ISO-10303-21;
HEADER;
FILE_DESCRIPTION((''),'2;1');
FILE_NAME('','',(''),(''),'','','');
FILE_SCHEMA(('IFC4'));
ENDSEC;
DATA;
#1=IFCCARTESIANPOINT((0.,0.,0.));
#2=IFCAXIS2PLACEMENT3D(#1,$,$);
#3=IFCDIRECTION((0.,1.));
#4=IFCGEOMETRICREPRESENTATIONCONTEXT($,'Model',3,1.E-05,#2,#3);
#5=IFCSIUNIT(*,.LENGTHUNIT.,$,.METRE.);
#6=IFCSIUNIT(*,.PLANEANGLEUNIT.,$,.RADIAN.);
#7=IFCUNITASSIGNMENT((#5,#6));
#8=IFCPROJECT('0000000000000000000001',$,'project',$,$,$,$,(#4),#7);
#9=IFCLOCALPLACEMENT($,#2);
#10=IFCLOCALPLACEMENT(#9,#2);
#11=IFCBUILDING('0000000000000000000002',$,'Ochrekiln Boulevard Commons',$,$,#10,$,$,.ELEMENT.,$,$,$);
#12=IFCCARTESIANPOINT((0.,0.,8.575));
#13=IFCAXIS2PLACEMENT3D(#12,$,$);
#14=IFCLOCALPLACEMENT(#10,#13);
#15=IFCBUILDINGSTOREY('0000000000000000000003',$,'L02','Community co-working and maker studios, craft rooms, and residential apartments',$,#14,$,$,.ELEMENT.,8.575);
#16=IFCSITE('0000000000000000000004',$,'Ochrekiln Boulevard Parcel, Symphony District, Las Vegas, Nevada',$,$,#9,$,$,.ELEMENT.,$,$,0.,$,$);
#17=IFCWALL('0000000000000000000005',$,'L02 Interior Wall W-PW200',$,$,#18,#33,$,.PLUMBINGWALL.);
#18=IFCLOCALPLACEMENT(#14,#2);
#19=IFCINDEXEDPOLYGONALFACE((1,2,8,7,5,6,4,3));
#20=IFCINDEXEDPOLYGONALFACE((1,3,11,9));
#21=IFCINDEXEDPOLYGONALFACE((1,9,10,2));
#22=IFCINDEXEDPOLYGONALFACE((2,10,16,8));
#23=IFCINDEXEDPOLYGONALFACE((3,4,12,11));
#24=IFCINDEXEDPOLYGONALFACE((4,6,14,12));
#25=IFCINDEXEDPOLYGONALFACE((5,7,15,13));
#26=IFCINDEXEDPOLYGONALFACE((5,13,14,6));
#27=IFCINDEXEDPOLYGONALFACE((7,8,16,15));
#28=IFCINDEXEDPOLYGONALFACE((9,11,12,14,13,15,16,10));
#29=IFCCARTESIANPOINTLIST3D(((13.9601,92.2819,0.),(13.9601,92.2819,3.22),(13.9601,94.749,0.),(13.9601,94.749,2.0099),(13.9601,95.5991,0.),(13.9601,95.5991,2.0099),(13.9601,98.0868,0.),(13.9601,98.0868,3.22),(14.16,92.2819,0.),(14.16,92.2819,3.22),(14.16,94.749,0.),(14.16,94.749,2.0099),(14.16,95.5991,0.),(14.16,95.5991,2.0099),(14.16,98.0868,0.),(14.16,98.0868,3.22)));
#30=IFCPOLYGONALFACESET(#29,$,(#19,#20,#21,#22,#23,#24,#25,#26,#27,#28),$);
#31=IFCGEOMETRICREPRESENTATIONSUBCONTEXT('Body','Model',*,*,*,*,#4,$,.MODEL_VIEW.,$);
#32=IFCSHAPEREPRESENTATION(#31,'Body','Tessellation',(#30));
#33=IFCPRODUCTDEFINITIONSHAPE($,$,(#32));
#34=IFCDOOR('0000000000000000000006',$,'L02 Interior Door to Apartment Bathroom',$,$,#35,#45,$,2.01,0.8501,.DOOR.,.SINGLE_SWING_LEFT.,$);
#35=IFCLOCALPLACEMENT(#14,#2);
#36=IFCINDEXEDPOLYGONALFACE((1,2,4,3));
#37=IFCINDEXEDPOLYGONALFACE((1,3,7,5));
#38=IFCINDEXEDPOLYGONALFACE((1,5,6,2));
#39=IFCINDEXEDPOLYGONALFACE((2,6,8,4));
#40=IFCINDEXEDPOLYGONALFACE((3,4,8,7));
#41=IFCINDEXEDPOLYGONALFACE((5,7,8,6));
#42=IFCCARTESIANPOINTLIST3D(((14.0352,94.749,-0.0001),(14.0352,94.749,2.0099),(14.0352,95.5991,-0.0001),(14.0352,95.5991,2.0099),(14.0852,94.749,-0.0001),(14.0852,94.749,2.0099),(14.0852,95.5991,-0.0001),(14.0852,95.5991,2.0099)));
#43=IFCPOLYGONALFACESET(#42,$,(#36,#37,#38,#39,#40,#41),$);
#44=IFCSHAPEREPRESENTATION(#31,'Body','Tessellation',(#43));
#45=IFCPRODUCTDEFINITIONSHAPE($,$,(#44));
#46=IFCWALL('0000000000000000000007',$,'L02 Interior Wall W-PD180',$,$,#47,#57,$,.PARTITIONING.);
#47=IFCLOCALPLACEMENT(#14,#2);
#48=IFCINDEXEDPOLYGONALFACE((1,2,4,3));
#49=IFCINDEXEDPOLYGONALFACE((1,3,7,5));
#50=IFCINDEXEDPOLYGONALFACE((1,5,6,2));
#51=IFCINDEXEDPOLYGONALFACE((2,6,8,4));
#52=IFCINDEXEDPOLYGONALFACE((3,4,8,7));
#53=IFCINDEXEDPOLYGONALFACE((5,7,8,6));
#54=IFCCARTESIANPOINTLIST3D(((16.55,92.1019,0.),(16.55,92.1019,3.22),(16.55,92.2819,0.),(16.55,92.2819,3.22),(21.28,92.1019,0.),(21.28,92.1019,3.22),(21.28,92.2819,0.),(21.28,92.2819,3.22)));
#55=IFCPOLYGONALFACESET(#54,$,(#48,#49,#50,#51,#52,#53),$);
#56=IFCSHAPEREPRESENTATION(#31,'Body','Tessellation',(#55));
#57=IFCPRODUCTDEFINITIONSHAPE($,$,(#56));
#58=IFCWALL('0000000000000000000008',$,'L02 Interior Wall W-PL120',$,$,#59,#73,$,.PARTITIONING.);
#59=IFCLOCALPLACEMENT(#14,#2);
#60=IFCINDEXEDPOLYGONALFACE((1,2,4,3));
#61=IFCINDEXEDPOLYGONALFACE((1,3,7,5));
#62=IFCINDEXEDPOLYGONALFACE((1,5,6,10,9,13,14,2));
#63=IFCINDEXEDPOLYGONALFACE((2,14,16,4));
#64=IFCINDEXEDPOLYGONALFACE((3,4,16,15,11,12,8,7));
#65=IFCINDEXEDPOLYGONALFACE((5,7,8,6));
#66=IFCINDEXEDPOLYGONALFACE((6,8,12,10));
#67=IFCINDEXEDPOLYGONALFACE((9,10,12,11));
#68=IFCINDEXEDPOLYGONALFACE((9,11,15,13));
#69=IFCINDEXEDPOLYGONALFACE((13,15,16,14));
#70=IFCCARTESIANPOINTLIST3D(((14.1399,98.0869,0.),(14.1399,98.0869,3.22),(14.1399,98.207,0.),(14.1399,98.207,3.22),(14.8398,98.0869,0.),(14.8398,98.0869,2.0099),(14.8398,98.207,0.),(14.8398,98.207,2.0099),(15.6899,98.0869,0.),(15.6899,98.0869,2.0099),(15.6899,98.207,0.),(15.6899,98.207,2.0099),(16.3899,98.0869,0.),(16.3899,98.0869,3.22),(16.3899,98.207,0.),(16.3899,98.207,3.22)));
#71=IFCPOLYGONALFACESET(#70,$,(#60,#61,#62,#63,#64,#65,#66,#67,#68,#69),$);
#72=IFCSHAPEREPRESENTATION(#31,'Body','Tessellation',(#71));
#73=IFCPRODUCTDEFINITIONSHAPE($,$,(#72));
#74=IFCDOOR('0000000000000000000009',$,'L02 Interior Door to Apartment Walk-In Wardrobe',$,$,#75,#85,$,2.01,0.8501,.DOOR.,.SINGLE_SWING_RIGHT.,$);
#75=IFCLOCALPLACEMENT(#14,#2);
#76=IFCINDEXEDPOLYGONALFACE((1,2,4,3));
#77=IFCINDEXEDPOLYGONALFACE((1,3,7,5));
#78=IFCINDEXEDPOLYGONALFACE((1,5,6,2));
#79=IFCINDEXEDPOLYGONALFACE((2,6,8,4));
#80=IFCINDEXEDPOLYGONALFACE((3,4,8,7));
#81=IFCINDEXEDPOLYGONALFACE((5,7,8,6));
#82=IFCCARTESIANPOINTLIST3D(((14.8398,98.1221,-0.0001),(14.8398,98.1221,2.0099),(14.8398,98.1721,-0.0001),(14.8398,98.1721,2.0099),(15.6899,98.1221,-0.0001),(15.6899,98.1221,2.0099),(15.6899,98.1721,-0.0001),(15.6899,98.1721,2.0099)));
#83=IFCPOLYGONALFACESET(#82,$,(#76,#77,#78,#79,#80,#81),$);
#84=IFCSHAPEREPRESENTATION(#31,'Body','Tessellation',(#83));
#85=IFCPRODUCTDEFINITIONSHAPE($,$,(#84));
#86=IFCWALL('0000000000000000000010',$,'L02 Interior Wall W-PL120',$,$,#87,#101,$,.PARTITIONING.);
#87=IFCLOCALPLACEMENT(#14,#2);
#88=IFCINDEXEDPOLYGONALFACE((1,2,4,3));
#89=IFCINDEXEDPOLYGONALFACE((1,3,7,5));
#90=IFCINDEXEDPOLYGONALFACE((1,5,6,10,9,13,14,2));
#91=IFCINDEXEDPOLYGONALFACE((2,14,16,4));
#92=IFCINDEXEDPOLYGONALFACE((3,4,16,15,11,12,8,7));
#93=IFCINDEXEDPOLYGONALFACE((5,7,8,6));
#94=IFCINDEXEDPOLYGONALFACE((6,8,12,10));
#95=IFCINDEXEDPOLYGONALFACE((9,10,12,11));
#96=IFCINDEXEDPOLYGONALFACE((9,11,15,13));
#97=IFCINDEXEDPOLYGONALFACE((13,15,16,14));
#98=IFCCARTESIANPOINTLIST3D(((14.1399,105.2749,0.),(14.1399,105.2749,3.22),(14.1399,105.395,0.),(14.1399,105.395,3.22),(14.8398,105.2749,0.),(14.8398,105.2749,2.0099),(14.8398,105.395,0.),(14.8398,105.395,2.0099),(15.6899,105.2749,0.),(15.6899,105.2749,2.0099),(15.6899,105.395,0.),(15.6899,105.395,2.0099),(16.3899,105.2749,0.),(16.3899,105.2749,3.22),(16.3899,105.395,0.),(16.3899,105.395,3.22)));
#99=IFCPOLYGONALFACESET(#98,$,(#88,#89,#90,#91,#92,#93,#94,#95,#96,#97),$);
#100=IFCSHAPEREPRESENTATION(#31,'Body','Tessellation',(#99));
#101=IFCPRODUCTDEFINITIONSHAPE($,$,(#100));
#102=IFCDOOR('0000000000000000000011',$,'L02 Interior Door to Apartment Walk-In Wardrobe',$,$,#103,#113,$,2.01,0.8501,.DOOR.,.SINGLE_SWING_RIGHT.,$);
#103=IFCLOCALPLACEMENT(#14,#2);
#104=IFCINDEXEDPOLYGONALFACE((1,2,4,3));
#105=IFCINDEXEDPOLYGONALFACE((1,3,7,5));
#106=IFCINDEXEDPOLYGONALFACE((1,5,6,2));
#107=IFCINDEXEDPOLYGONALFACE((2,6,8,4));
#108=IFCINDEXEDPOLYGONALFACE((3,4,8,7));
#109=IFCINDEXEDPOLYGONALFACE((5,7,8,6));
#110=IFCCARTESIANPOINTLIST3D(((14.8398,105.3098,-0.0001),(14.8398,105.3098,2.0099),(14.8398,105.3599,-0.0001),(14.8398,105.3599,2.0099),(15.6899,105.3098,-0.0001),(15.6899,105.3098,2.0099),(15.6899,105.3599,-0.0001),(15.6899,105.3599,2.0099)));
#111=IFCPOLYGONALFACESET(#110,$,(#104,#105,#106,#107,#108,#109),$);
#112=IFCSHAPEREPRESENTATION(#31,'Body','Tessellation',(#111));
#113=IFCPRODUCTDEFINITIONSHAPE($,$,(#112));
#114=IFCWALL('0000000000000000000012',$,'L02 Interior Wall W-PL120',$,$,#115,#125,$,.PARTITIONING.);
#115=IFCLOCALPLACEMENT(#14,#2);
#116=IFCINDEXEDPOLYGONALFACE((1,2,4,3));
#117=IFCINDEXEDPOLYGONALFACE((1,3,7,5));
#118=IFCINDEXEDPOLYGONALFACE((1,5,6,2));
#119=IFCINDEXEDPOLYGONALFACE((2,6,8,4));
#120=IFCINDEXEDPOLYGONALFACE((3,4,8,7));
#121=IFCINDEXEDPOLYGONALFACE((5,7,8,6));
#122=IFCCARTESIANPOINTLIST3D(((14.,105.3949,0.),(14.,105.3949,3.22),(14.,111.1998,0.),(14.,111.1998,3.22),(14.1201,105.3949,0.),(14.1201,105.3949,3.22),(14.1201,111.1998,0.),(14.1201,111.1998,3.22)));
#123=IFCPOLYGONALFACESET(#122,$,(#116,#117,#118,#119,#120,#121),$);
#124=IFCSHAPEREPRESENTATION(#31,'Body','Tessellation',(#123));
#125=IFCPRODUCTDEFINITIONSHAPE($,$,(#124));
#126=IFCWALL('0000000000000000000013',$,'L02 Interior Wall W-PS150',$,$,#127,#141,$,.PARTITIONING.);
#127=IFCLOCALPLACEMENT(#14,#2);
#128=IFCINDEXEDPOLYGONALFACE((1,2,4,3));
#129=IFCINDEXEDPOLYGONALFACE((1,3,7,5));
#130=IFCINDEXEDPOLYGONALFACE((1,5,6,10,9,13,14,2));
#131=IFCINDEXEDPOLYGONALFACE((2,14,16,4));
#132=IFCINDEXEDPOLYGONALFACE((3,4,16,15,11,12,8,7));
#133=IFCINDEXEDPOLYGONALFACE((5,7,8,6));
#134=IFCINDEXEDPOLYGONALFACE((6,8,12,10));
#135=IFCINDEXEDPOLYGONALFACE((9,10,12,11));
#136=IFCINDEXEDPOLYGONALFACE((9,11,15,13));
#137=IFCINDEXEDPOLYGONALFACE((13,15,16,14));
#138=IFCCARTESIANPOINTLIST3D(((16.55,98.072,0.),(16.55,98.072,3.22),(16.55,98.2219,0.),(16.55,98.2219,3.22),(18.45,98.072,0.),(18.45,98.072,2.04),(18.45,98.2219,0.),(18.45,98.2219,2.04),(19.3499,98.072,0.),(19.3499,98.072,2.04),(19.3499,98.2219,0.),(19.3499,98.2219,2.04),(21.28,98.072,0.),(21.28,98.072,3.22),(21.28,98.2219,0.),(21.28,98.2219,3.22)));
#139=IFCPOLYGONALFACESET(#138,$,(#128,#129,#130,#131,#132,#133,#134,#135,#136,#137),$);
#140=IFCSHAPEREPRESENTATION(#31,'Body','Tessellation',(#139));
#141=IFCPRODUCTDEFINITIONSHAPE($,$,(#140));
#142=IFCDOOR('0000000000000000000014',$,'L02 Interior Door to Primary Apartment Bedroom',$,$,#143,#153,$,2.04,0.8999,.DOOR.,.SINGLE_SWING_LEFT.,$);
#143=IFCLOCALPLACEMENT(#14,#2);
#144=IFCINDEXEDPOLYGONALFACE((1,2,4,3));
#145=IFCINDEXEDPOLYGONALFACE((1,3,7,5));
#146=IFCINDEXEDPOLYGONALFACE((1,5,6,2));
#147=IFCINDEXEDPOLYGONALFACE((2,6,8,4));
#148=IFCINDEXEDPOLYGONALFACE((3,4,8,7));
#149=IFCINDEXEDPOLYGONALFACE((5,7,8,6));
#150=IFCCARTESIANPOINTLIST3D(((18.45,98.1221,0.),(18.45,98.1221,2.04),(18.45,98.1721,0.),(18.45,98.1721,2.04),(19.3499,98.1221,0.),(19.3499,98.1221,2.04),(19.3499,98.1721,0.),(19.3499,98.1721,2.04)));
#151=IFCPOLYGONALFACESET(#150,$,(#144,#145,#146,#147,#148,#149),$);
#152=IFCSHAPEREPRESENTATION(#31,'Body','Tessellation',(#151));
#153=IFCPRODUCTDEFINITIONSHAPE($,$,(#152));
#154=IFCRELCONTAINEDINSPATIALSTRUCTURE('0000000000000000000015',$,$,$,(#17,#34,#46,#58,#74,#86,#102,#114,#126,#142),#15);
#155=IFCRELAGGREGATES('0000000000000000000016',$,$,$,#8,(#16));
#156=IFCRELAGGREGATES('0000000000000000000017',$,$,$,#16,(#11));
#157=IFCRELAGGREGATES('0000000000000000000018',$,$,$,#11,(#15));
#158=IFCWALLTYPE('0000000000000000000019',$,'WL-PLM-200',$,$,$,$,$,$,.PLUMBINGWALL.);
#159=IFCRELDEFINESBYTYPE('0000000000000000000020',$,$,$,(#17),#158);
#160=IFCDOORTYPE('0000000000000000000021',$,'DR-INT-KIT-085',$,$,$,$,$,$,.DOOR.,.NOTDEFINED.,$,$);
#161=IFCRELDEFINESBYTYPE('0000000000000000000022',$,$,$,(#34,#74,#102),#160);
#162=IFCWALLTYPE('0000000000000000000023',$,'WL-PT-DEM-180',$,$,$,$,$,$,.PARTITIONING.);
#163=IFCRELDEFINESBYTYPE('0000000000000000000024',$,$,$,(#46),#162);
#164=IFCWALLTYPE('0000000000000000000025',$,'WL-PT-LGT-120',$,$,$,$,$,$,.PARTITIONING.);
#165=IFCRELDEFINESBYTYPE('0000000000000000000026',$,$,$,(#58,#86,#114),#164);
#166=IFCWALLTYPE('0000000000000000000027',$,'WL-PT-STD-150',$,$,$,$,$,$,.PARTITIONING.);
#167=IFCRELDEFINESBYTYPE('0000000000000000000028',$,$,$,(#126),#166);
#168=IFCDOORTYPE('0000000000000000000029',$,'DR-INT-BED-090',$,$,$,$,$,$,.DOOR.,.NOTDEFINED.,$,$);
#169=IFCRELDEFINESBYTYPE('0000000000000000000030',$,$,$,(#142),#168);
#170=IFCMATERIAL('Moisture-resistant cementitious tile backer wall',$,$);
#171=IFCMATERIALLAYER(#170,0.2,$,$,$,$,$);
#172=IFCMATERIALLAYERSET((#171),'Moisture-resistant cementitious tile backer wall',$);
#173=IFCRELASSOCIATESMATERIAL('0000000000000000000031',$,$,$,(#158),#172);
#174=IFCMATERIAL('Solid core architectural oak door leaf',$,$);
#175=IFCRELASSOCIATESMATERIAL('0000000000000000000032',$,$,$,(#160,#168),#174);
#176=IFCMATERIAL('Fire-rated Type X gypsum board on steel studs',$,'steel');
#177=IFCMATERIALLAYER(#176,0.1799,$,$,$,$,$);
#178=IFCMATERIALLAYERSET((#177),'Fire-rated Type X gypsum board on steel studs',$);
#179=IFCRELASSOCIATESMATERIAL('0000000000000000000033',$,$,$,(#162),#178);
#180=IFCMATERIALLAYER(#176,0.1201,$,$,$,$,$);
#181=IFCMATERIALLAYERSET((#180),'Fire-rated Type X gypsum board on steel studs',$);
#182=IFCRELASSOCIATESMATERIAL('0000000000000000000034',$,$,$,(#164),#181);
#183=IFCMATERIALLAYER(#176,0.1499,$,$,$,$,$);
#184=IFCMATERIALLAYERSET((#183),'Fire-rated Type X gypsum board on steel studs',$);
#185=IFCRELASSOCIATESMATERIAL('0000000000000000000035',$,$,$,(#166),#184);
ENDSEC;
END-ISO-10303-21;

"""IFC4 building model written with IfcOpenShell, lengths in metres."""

from ifc_helpers import new_model, si_unit, direction, frame, frame_2d, origin, place, context, subcontext, project, spatial, rectangle, extrude, material, layer, layer_set, type_object, element, fill, save


model = new_model("IFC4")

# Units and contexts
model_context = context("Model", 3, precision=1e-05, world=origin(), true_north=direction((0.0, 1.0)))
body_context = subcontext(model_context, "Body", "Model", "MODEL_VIEW")
ifc_project = project(units=[si_unit("LENGTHUNIT", "METRE"), si_unit("PLANEANGLEUNIT", "RADIAN")], contexts=[model_context])

# Site, building, storey
site_placement = place(None, origin())
site = spatial("IfcSite", under=ifc_project, at=site_placement, Name="Ochrekiln Boulevard Parcel, Symphony District, Las Vegas, Nevada", CompositionType="ELEMENT", RefElevation=0.0)
building_placement = place(site_placement, origin())
building = spatial("IfcBuilding", under=site, at=building_placement, Name="Ochrekiln Boulevard Commons", CompositionType="ELEMENT")
storey_placement = place(building_placement, frame((0.0, 0.0, 8.575)))
storey = spatial("IfcBuildingStorey", under=building, at=storey_placement, Name="L02", Description="Community co-working and maker studios, craft rooms, and residential apartments", CompositionType="ELEMENT", Elevation=8.575)

# Wall, opening, door
ifc_material_1 = material(Name="Moisture-resistant cementitious tile backer wall")
ifc_layer_1 = layer(ifc_material_1, 0.2)
ifc_layer_set_1 = layer_set([ifc_layer_1], Name="Moisture-resistant cementitious tile backer wall")
wall_type_1 = type_object("IfcWallType", Name="WL-PLM-200", PredefinedType="PLUMBINGWALL", material=ifc_layer_set_1)
wall_1_placement = place(storey_placement, frame((14.0601, 92.282, 0.0), z_axis=(0.0, 0.0, 1.0), x_axis=(0.0, 1.0, 0.0)))
wall_1 = element("IfcWall", 1, at=wall_1_placement, inside=storey, type_object=wall_type_1, Name="L02 Interior Wall W-PW200", PredefinedType="PLUMBINGWALL", context=body_context, shape_type="SweptSolid", body=[
    extrude(rectangle(XDim=5.8049, YDim=0.2, at=frame_2d((2.9023, 0.0))), origin(), (0.0, 0.0, 1.0), 3.22),
])
opening_1_placement = place(wall_1_placement, frame((2.467, 0.0, 0.0)))
opening_1 = element("IfcOpeningElement", 2, at=opening_1_placement, cuts=wall_1, PredefinedType="OPENING", context=body_context, shape_type="SweptSolid", body=[
    extrude(rectangle(XDim=0.8501, YDim=2.01, at=frame_2d((0.425, 1.0049))), frame((0.0, 0.1099, 0.0), z_axis=(0.0, -1.0, 0.0), x_axis=(1.0, 0.0, 0.0)), (0.0, 0.0, 1.0), 0.22),
])
ifc_material_2 = material(Name="Solid core architectural oak door leaf")
door_type_1 = type_object("IfcDoorType", Name="DR-INT-KIT-085", OperationType="NOTDEFINED", PredefinedType="DOOR", material=ifc_material_2)
door_1_placement = place(opening_1_placement, origin())
door_1 = element("IfcDoor", 3, at=door_1_placement, inside=storey, type_object=door_type_1, Name="L02 Interior Door to Apartment Bathroom", OperationType="SINGLE_SWING_LEFT", OverallHeight=2.01, OverallWidth=0.8501, PredefinedType="DOOR", context=body_context, shape_type="SweptSolid", body=[
    extrude(rectangle(XDim=0.8501, YDim=2.01, at=frame_2d((0.425, 1.0049))), frame((0.0, 0.0249, 0.0), z_axis=(0.0, -1.0, 0.0), x_axis=(1.0, 0.0, 0.0)), (0.0, 0.0, 1.0), 0.05),
])
fill(opening_1, door_1)

# Wall
ifc_material_3 = material(Name="Fire-rated Type X gypsum board on steel studs", Category="steel")
ifc_layer_2 = layer(ifc_material_3, 0.1799)
ifc_layer_set_2 = layer_set([ifc_layer_2], Name="Fire-rated Type X gypsum board on steel studs")
wall_type_2 = type_object("IfcWallType", Name="WL-PT-DEM-180", PredefinedType="PARTITIONING", material=ifc_layer_set_2)
wall_2_placement = place(storey_placement, frame((16.55, 92.1919, 0.0), z_axis=(0.0, 0.0, 1.0), x_axis=(1.0, 0.0, 0.0)))
element("IfcWall", 4, at=wall_2_placement, inside=storey, type_object=wall_type_2, Name="L02 Interior Wall W-PD180", PredefinedType="PARTITIONING", context=body_context, shape_type="SweptSolid", body=[
    extrude(rectangle(XDim=4.73, YDim=0.1799, at=frame_2d((2.365, 0.0))), origin(), (0.0, 0.0, 1.0), 3.22),
])

# Walls, openings, doors
ifc_layer_3 = layer(ifc_material_3, 0.1201)
ifc_layer_set_3 = layer_set([ifc_layer_3], Name="Fire-rated Type X gypsum board on steel studs")
wall_type_3 = type_object("IfcWallType", Name="WL-PT-LGT-120", PredefinedType="PARTITIONING", material=ifc_layer_set_3)
wall_3_placement = place(storey_placement, frame((14.1399, 98.147, 0.0), z_axis=(0.0, 0.0, 1.0), x_axis=(1.0, 0.0, 0.0)))
wall_3 = element("IfcWall", 5, at=wall_3_placement, inside=storey, type_object=wall_type_3, Name="L02 Interior Wall W-PL120", PredefinedType="PARTITIONING", context=body_context, shape_type="SweptSolid", body=[
    extrude(rectangle(XDim=2.25, YDim=0.1201, at=frame_2d((1.125, 0.0))), origin(), (0.0, 0.0, 1.0), 3.22),
])
opening_2_placement = place(wall_3_placement, frame((0.7, 0.0, 0.0)))
opening_2 = element("IfcOpeningElement", 6, at=opening_2_placement, cuts=wall_3, PredefinedType="OPENING", context=body_context, shape_type="SweptSolid", body=[
    extrude(rectangle(XDim=0.8501, YDim=2.01, at=frame_2d((0.425, 1.0049))), frame((0.0, 0.0701, 0.0), z_axis=(0.0, -1.0, 0.0), x_axis=(1.0, 0.0, 0.0)), (0.0, 0.0, 1.0), 0.1401),
])
door_2_placement = place(opening_2_placement, frame((0.8501, 0.0, 0.0), z_axis=(0.0, 0.0, 1.0), x_axis=(-1.0, 0.0, 0.0)))
door_2 = element("IfcDoor", 7, at=door_2_placement, inside=storey, type_object=door_type_1, Name="L02 Interior Door to Apartment Walk-In Wardrobe", OperationType="SINGLE_SWING_RIGHT", OverallHeight=2.01, OverallWidth=0.8501, PredefinedType="DOOR", context=body_context, shape_type="SweptSolid", body=[
    extrude(rectangle(XDim=0.8501, YDim=2.01, at=frame_2d((0.425, 1.0049))), frame((0.0, 0.0249, 0.0), z_axis=(0.0, -1.0, 0.0), x_axis=(1.0, 0.0, 0.0)), (0.0, 0.0, 1.0), 0.05),
])
fill(opening_2, door_2)
wall_4_placement = place(storey_placement, frame((14.1399, 105.335, 0.0), z_axis=(0.0, 0.0, 1.0), x_axis=(1.0, 0.0, 0.0)))
wall_4 = element("IfcWall", 8, at=wall_4_placement, inside=storey, type_object=wall_type_3, Name="L02 Interior Wall W-PL120", PredefinedType="PARTITIONING", context=body_context, shape_type="SweptSolid", body=[
    extrude(rectangle(XDim=2.25, YDim=0.1201, at=frame_2d((1.125, 0.0))), origin(), (0.0, 0.0, 1.0), 3.22),
])
opening_3_placement = place(wall_4_placement, frame((0.7, 0.0, 0.0)))
opening_3 = element("IfcOpeningElement", 9, at=opening_3_placement, cuts=wall_4, PredefinedType="OPENING", context=body_context, shape_type="SweptSolid", body=[
    extrude(rectangle(XDim=0.8501, YDim=2.01, at=frame_2d((0.425, 1.0049))), frame((0.0, 0.0701, 0.0), z_axis=(0.0, -1.0, 0.0), x_axis=(1.0, 0.0, 0.0)), (0.0, 0.0, 1.0), 0.1401),
])
door_3_placement = place(opening_3_placement, origin())
door_3 = element("IfcDoor", 10, at=door_3_placement, inside=storey, type_object=door_type_1, Name="L02 Interior Door to Apartment Walk-In Wardrobe", OperationType="SINGLE_SWING_RIGHT", OverallHeight=2.01, OverallWidth=0.8501, PredefinedType="DOOR", context=body_context, shape_type="SweptSolid", body=[
    extrude(rectangle(XDim=0.8501, YDim=2.01, at=frame_2d((0.425, 1.0049))), frame((0.0, 0.0249, 0.0), z_axis=(0.0, -1.0, 0.0), x_axis=(1.0, 0.0, 0.0)), (0.0, 0.0, 1.0), 0.05),
])
fill(opening_3, door_3)

# Wall
wall_5_placement = place(storey_placement, frame((14.0601, 105.395, 0.0), z_axis=(0.0, 0.0, 1.0), x_axis=(0.0, 1.0, 0.0)))
element("IfcWall", 11, at=wall_5_placement, inside=storey, type_object=wall_type_3, Name="L02 Interior Wall W-PL120", PredefinedType="PARTITIONING", context=body_context, shape_type="SweptSolid", body=[
    extrude(rectangle(XDim=5.8049, YDim=0.1201, at=frame_2d((2.9023, 0.0))), origin(), (0.0, 0.0, 1.0), 3.22),
])

# Wall, opening, door
ifc_layer_4 = layer(ifc_material_3, 0.1499)
ifc_layer_set_4 = layer_set([ifc_layer_4], Name="Fire-rated Type X gypsum board on steel studs")
wall_type_4 = type_object("IfcWallType", Name="WL-PT-STD-150", PredefinedType="PARTITIONING", material=ifc_layer_set_4)
wall_6_placement = place(storey_placement, frame((16.55, 98.147, 0.0), z_axis=(0.0, 0.0, 1.0), x_axis=(1.0, 0.0, 0.0)))
wall_6 = element("IfcWall", 12, at=wall_6_placement, inside=storey, type_object=wall_type_4, Name="L02 Interior Wall W-PS150", PredefinedType="PARTITIONING", context=body_context, shape_type="SweptSolid", body=[
    extrude(rectangle(XDim=4.73, YDim=0.1499, at=frame_2d((2.365, 0.0))), origin(), (0.0, 0.0, 1.0), 3.22),
])
opening_4_placement = place(wall_6_placement, frame((1.8999, 0.0, 0.0)))
opening_4 = element("IfcOpeningElement", 13, at=opening_4_placement, cuts=wall_6, PredefinedType="OPENING", context=body_context, shape_type="SweptSolid", body=[
    extrude(rectangle(XDim=0.8999, YDim=2.04, at=frame_2d((0.45, 1.02))), frame((0.0, 0.085, 0.0), z_axis=(0.0, -1.0, 0.0), x_axis=(1.0, 0.0, 0.0)), (0.0, 0.0, 1.0), 0.1699),
])
door_type_2 = type_object("IfcDoorType", Name="DR-INT-BED-090", OperationType="NOTDEFINED", PredefinedType="DOOR", material=ifc_material_2)
door_4_placement = place(opening_4_placement, frame((0.8999, 0.0, 0.0), z_axis=(0.0, 0.0, 1.0), x_axis=(-1.0, 0.0, 0.0)))
door_4 = element("IfcDoor", 14, at=door_4_placement, inside=storey, type_object=door_type_2, Name="L02 Interior Door to Primary Apartment Bedroom", OperationType="SINGLE_SWING_LEFT", OverallHeight=2.04, OverallWidth=0.8999, PredefinedType="DOOR", context=body_context, shape_type="SweptSolid", body=[
    extrude(rectangle(XDim=0.8999, YDim=2.04, at=frame_2d((0.45, 1.02))), frame((0.0, 0.0249, 0.0), z_axis=(0.0, -1.0, 0.0), x_axis=(1.0, 0.0, 0.0)), (0.0, 0.0, 1.0), 0.05),
])
fill(opening_4, door_4)

save(model, "model.ifc")
